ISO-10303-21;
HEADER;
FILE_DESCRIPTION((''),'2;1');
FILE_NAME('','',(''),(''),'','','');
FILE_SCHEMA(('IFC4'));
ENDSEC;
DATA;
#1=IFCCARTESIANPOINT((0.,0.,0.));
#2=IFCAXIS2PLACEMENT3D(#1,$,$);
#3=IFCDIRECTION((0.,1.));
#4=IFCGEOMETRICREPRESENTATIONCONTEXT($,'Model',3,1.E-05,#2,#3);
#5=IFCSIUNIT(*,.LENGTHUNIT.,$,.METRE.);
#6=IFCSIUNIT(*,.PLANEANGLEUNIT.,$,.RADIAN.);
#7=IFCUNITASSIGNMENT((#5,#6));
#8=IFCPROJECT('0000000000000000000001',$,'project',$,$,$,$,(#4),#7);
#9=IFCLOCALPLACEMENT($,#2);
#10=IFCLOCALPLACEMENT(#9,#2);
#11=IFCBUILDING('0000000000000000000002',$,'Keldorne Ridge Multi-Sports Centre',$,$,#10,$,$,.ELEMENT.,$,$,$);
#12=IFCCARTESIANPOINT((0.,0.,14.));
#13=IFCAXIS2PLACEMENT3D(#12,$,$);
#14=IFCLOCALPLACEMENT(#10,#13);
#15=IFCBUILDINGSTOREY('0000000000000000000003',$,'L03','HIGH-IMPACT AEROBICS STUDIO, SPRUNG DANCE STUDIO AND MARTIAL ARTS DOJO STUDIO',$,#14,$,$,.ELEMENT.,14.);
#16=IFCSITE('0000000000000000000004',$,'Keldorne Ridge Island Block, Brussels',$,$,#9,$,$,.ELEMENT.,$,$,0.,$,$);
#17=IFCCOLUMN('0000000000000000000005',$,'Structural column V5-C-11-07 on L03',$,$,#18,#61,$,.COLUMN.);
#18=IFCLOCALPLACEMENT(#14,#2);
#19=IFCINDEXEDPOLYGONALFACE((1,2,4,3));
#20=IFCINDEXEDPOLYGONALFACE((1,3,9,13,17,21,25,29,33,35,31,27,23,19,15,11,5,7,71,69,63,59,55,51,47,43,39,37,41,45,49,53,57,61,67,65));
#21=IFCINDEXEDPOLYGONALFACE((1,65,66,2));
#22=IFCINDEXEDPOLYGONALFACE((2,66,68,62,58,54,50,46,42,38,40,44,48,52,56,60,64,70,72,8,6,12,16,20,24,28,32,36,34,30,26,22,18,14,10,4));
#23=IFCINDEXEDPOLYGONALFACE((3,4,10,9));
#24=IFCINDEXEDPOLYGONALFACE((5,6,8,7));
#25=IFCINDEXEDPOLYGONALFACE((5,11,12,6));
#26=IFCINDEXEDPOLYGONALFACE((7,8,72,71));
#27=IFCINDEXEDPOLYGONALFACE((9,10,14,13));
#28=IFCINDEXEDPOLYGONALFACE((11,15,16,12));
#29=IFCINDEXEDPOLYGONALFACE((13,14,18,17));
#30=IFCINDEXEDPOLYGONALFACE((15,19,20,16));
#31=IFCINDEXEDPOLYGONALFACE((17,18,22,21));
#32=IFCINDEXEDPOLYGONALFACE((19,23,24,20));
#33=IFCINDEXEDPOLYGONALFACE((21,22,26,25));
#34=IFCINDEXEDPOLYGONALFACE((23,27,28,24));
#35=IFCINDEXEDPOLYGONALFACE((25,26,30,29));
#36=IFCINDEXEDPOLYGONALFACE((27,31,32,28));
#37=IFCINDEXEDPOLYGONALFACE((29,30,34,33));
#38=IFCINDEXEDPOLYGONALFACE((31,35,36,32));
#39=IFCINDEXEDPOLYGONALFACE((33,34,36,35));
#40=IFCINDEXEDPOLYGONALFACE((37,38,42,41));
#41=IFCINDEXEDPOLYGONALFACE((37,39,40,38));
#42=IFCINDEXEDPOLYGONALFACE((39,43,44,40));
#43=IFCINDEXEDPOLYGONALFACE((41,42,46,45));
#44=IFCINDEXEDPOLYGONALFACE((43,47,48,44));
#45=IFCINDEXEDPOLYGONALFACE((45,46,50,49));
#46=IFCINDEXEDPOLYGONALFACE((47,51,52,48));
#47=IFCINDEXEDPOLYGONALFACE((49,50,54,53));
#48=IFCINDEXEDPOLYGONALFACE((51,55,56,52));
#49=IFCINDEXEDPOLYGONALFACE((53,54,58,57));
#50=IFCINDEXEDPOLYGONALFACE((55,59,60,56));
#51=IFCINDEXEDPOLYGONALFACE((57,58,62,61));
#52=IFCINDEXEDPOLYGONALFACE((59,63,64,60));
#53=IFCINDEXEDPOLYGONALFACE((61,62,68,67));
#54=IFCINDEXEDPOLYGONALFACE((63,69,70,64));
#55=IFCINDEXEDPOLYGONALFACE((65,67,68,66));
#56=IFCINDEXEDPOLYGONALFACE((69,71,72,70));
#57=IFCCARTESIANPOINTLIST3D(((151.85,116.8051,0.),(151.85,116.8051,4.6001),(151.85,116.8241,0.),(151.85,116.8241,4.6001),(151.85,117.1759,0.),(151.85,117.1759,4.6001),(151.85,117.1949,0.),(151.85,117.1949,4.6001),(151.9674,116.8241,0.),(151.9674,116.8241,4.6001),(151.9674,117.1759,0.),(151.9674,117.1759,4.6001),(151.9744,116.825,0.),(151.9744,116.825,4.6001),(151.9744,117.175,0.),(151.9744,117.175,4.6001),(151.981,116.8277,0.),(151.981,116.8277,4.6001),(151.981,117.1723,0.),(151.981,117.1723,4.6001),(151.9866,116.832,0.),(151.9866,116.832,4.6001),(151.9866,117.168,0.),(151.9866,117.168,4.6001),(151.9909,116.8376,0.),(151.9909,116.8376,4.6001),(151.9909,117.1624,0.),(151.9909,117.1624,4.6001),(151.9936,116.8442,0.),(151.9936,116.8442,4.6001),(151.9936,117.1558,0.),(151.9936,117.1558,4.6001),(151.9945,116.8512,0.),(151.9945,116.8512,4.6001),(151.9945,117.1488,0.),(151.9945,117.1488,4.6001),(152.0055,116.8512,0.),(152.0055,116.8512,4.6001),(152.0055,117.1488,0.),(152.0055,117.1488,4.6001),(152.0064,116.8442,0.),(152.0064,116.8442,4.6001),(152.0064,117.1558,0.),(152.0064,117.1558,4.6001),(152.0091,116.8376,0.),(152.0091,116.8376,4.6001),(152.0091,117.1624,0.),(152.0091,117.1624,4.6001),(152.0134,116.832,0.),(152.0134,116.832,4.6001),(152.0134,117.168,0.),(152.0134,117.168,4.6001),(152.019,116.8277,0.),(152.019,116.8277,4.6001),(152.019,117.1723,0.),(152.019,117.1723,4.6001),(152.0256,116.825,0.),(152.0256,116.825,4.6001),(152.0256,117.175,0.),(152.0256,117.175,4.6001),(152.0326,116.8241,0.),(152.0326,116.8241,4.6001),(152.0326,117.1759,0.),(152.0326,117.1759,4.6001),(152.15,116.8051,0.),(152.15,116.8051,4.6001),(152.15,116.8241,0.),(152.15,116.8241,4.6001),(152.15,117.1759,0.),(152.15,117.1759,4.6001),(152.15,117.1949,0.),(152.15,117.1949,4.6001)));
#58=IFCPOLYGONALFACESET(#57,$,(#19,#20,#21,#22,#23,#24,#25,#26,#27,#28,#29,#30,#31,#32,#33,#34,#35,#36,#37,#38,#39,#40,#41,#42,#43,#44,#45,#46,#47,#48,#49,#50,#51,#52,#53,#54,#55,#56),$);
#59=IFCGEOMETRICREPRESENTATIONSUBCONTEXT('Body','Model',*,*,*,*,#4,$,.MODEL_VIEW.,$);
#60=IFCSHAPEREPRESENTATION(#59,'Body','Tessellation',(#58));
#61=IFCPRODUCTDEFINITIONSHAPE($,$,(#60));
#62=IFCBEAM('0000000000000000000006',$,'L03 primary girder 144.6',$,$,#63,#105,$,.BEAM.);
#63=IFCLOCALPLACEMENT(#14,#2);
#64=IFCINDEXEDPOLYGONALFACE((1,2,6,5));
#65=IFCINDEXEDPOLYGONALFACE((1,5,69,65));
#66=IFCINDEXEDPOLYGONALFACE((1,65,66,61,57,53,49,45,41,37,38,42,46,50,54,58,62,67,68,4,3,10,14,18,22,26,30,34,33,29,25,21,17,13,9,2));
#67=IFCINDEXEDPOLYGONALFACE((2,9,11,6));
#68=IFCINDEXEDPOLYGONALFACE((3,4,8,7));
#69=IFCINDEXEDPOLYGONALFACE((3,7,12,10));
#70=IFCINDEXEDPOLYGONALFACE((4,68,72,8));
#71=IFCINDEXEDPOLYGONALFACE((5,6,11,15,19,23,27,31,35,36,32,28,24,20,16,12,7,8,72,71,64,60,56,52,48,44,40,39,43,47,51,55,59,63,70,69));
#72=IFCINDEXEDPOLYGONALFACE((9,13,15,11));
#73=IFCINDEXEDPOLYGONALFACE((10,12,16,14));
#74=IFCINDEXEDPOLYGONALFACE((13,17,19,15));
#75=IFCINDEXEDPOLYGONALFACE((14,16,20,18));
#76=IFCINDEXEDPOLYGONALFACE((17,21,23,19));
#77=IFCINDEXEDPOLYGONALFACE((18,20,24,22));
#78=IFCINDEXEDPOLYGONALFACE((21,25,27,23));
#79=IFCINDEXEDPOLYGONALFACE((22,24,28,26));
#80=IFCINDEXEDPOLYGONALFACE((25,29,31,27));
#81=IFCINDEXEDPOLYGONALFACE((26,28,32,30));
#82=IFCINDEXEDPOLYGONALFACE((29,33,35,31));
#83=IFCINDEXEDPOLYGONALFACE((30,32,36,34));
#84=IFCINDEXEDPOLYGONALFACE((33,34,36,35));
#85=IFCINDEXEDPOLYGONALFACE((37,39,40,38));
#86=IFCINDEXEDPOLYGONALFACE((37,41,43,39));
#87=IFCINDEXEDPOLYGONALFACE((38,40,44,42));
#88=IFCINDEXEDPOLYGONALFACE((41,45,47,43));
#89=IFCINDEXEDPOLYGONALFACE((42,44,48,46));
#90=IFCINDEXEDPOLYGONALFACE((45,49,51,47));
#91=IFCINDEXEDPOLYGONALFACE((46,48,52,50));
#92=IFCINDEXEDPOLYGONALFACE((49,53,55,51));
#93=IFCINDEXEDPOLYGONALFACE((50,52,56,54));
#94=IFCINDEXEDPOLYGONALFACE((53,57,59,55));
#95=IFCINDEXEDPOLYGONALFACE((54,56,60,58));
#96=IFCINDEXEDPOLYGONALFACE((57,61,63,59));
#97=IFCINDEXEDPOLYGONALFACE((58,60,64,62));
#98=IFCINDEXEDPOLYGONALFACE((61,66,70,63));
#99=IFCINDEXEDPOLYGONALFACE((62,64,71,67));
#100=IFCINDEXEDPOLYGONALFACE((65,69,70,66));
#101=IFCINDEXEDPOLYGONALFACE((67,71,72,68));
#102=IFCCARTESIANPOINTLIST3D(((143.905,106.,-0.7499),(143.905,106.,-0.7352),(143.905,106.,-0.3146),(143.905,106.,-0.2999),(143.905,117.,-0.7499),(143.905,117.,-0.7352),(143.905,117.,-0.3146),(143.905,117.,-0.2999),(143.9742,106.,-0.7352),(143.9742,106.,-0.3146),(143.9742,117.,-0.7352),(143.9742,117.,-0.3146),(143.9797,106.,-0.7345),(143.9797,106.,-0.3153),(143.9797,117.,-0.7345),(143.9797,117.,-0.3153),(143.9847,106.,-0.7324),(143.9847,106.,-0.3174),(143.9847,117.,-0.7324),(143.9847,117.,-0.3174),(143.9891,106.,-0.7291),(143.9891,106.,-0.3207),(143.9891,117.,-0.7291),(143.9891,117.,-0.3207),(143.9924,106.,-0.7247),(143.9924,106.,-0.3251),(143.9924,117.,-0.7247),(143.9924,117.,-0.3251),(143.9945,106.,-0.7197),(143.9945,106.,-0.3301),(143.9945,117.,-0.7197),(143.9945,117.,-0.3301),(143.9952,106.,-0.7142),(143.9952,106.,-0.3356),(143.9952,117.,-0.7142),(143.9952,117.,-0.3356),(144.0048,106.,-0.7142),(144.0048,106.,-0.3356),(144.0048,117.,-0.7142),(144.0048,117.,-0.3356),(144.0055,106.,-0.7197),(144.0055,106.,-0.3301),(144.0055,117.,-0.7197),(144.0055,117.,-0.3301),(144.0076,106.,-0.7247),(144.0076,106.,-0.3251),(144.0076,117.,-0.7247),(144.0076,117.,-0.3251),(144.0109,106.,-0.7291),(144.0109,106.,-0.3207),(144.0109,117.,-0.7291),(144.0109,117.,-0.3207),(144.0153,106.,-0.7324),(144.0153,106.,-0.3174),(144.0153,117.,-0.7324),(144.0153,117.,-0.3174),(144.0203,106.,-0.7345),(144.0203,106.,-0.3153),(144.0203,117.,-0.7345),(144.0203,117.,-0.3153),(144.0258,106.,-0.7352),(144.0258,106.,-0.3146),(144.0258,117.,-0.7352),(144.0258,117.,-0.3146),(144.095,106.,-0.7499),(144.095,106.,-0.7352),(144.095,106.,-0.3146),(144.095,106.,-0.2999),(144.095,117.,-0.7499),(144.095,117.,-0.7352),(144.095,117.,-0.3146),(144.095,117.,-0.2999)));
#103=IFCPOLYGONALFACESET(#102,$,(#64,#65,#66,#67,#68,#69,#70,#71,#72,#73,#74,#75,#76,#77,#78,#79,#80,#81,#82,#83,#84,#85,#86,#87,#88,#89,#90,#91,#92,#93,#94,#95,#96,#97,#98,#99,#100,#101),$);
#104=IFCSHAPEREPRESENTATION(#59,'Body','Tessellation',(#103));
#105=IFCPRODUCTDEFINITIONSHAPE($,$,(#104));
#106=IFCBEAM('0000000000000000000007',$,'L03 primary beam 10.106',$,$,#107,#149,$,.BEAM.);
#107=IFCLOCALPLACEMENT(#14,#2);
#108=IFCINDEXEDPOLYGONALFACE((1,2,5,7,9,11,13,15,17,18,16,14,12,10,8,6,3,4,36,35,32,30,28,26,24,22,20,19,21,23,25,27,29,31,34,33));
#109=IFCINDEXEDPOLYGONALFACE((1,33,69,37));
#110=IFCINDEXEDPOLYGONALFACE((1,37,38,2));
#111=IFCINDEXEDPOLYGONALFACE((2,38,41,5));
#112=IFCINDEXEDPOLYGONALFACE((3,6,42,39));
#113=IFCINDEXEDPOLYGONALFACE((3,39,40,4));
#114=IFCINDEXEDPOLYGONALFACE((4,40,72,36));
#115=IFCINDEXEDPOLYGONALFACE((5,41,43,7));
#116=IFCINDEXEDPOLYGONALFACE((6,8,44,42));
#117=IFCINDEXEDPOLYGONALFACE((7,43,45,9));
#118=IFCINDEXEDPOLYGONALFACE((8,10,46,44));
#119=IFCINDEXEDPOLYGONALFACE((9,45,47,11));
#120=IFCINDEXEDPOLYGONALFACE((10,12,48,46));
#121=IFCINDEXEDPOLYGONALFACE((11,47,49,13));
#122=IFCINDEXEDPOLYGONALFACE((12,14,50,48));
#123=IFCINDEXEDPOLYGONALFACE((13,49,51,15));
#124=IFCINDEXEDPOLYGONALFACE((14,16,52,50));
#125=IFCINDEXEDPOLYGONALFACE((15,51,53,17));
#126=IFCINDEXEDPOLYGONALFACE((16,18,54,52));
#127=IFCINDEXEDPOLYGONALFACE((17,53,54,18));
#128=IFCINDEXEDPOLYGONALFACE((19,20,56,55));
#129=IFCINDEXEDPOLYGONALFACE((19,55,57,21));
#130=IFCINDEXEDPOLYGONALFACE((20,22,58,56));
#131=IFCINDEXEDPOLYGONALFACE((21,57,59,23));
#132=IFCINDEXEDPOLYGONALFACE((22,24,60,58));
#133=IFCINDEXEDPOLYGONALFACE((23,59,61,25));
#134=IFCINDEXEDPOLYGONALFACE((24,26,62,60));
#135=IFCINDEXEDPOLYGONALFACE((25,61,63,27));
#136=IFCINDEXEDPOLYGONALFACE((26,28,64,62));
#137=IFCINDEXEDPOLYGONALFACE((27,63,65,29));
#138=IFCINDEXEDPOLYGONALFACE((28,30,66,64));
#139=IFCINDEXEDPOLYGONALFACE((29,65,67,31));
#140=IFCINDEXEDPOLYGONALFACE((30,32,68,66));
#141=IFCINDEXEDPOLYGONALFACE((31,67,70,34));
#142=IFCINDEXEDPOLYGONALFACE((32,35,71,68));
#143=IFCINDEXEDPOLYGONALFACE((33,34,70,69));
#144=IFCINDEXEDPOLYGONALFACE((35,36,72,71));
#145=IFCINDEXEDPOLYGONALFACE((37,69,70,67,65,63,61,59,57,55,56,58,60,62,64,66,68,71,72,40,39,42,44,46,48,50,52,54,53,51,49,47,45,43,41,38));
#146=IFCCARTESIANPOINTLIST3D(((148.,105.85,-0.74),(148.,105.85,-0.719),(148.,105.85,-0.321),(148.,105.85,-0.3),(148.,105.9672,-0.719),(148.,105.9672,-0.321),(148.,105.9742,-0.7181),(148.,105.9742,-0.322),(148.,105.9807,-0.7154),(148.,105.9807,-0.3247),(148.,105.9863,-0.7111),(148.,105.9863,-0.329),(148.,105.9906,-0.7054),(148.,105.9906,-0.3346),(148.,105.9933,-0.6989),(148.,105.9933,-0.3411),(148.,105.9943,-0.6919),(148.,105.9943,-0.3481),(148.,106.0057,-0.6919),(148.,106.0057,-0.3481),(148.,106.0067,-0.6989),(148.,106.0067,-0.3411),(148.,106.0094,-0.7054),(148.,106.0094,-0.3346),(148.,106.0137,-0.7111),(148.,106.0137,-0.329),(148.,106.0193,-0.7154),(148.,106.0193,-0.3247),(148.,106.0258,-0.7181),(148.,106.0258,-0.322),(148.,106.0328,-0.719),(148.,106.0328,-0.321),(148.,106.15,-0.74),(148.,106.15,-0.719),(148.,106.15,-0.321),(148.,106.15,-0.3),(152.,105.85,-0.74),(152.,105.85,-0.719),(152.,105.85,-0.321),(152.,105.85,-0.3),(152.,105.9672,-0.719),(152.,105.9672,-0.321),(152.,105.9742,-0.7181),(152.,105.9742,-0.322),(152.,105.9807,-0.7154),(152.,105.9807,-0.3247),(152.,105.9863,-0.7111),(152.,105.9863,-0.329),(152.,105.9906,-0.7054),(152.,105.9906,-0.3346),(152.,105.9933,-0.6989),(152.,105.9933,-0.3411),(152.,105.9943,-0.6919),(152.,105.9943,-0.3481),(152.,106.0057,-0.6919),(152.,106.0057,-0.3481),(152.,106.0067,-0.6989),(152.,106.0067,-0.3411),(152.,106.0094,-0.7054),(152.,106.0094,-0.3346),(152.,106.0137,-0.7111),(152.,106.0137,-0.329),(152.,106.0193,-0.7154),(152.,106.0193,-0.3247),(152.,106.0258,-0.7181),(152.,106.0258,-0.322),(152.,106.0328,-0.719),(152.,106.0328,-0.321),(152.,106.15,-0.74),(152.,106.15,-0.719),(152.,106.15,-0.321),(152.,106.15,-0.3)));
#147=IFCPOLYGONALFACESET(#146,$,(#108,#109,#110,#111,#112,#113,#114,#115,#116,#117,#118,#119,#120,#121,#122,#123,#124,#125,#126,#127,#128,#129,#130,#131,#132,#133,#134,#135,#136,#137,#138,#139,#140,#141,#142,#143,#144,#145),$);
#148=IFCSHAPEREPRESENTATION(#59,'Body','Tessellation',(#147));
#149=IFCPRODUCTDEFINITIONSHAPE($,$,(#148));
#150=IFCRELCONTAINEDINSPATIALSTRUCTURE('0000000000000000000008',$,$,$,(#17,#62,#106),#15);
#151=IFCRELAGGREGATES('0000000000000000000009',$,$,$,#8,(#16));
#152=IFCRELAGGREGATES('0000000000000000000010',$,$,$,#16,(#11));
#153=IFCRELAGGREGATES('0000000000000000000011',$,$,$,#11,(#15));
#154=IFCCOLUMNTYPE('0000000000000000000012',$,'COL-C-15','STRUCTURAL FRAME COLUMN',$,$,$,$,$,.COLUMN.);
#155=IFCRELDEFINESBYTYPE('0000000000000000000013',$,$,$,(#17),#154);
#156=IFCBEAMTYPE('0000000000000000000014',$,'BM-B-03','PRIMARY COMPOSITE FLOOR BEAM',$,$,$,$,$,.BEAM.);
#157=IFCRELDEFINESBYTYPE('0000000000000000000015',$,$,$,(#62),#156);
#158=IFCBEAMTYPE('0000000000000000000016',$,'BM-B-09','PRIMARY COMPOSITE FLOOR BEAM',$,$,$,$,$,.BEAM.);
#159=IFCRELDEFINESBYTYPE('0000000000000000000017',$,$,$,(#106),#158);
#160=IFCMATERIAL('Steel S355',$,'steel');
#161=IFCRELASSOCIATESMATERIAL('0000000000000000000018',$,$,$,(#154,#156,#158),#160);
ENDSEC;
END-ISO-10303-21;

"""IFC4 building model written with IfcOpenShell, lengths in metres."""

from ifc_helpers import new_model, si_unit, direction, frame, origin, origin_2d, place, context, subcontext, project, spatial, i_section, extrude, material, material_profile, profile_set, type_object, element, save


model = new_model("IFC4")

# Units and contexts
model_context = context("Model", 3, precision=1e-05, world=origin(), true_north=direction((0.0, 1.0)))
body_context = subcontext(model_context, "Body", "Model", "MODEL_VIEW")
ifc_project = project(units=[si_unit("LENGTHUNIT", "METRE"), si_unit("PLANEANGLEUNIT", "RADIAN")], contexts=[model_context])

# Site, building, storey
site_placement = place(None, origin())
site = spatial("IfcSite", under=ifc_project, at=site_placement, Name="Keldorne Ridge Island Block, Brussels", CompositionType="ELEMENT", RefElevation=0.0)
building_placement = place(site_placement, origin())
building = spatial("IfcBuilding", under=site, at=building_placement, Name="Keldorne Ridge Multi-Sports Centre", CompositionType="ELEMENT")
storey_placement = place(building_placement, frame((0.0, 0.0, 14.0)))
storey = spatial("IfcBuildingStorey", under=building, at=storey_placement, Name="L03", Description="HIGH-IMPACT AEROBICS STUDIO, SPRUNG DANCE STUDIO AND MARTIAL ARTS DOJO STUDIO", CompositionType="ELEMENT", Elevation=14.0)

# Column
ifc_material_1 = material(Name="Steel S355", Category="steel")
ifc_material_profile_1 = material_profile(ifc_material_1, i_section(OverallWidth=0.3, OverallDepth=0.3899, WebThickness=0.011, FlangeThickness=0.019, FilletRadius=0.0271, at=origin_2d()), Name="HEA 400")
ifc_profile_set_1 = profile_set([ifc_material_profile_1], Name="Steel S355")
column_type = type_object("IfcColumnType", Name="COL-C-15", Description="STRUCTURAL FRAME COLUMN", PredefinedType="COLUMN", material=ifc_profile_set_1)
for number, where, z_axis, x_axis, name in (
    (1, (152.0, 117.0, 0.0), (0.0, 0.0, 1.0), (1.0, 0.0, 0.0), "Structural column V5-C-11-07 on L03"),
):
    element("IfcColumn", number, at=place(storey_placement, frame(where, z_axis=z_axis, x_axis=x_axis)), inside=storey, type_object=column_type, Name=name, PredefinedType="COLUMN", context=body_context, shape_type="SweptSolid", body=[
        extrude(i_section(OverallWidth=0.3, OverallDepth=0.3899, WebThickness=0.011, FlangeThickness=0.019, FilletRadius=0.0271, at=origin_2d()), origin(), (0.0, 0.0, 1.0), 4.6001),
    ])

# Beams
ifc_material_profile_2 = material_profile(ifc_material_1, i_section(OverallWidth=0.1899, OverallDepth=0.45, WebThickness=0.0095, FlangeThickness=0.0146, FilletRadius=0.021, at=origin_2d()), Name="IPE 450")
ifc_profile_set_2 = profile_set([ifc_material_profile_2], Name="Steel S355")
beam_type_1 = type_object("IfcBeamType", Name="BM-B-03", Description="PRIMARY COMPOSITE FLOOR BEAM", PredefinedType="BEAM", material=ifc_profile_set_2)
beam_1_placement = place(storey_placement, frame((144.0, 106.0, -0.5249), z_axis=(0.0, 1.0, 0.0), x_axis=(-1.0, 0.0, 0.0)))
element("IfcBeam", 2, at=beam_1_placement, inside=storey, type_object=beam_type_1, Name="L03 primary girder 144.6", PredefinedType="BEAM", context=body_context, shape_type="SweptSolid", body=[
    extrude(i_section(OverallWidth=0.1899, OverallDepth=0.45, WebThickness=0.0095, FlangeThickness=0.0146, FilletRadius=0.021, at=origin_2d()), origin(), (0.0, 0.0, 1.0), 11.0),
])
ifc_material_profile_3 = material_profile(ifc_material_1, i_section(OverallWidth=0.3, OverallDepth=0.4399, WebThickness=0.0115, FlangeThickness=0.021, FilletRadius=0.0271, at=origin_2d()), Name="HEA 450")
ifc_profile_set_3 = profile_set([ifc_material_profile_3], Name="Steel S355")
beam_type_2 = type_object("IfcBeamType", Name="BM-B-09", Description="PRIMARY COMPOSITE FLOOR BEAM", PredefinedType="BEAM", material=ifc_profile_set_3)
beam_2_placement = place(storey_placement, frame((148.0, 106.0, -0.52), z_axis=(1.0, 0.0, 0.0), x_axis=(0.0, 1.0, 0.0)))
element("IfcBeam", 3, at=beam_2_placement, inside=storey, type_object=beam_type_2, Name="L03 primary beam 10.106", PredefinedType="BEAM", context=body_context, shape_type="SweptSolid", body=[
    extrude(i_section(OverallWidth=0.3, OverallDepth=0.4399, WebThickness=0.0115, FlangeThickness=0.021, FilletRadius=0.0271, at=origin_2d()), origin(), (0.0, 0.0, 1.0), 4.0),
])

save(model, "model.ifc")
